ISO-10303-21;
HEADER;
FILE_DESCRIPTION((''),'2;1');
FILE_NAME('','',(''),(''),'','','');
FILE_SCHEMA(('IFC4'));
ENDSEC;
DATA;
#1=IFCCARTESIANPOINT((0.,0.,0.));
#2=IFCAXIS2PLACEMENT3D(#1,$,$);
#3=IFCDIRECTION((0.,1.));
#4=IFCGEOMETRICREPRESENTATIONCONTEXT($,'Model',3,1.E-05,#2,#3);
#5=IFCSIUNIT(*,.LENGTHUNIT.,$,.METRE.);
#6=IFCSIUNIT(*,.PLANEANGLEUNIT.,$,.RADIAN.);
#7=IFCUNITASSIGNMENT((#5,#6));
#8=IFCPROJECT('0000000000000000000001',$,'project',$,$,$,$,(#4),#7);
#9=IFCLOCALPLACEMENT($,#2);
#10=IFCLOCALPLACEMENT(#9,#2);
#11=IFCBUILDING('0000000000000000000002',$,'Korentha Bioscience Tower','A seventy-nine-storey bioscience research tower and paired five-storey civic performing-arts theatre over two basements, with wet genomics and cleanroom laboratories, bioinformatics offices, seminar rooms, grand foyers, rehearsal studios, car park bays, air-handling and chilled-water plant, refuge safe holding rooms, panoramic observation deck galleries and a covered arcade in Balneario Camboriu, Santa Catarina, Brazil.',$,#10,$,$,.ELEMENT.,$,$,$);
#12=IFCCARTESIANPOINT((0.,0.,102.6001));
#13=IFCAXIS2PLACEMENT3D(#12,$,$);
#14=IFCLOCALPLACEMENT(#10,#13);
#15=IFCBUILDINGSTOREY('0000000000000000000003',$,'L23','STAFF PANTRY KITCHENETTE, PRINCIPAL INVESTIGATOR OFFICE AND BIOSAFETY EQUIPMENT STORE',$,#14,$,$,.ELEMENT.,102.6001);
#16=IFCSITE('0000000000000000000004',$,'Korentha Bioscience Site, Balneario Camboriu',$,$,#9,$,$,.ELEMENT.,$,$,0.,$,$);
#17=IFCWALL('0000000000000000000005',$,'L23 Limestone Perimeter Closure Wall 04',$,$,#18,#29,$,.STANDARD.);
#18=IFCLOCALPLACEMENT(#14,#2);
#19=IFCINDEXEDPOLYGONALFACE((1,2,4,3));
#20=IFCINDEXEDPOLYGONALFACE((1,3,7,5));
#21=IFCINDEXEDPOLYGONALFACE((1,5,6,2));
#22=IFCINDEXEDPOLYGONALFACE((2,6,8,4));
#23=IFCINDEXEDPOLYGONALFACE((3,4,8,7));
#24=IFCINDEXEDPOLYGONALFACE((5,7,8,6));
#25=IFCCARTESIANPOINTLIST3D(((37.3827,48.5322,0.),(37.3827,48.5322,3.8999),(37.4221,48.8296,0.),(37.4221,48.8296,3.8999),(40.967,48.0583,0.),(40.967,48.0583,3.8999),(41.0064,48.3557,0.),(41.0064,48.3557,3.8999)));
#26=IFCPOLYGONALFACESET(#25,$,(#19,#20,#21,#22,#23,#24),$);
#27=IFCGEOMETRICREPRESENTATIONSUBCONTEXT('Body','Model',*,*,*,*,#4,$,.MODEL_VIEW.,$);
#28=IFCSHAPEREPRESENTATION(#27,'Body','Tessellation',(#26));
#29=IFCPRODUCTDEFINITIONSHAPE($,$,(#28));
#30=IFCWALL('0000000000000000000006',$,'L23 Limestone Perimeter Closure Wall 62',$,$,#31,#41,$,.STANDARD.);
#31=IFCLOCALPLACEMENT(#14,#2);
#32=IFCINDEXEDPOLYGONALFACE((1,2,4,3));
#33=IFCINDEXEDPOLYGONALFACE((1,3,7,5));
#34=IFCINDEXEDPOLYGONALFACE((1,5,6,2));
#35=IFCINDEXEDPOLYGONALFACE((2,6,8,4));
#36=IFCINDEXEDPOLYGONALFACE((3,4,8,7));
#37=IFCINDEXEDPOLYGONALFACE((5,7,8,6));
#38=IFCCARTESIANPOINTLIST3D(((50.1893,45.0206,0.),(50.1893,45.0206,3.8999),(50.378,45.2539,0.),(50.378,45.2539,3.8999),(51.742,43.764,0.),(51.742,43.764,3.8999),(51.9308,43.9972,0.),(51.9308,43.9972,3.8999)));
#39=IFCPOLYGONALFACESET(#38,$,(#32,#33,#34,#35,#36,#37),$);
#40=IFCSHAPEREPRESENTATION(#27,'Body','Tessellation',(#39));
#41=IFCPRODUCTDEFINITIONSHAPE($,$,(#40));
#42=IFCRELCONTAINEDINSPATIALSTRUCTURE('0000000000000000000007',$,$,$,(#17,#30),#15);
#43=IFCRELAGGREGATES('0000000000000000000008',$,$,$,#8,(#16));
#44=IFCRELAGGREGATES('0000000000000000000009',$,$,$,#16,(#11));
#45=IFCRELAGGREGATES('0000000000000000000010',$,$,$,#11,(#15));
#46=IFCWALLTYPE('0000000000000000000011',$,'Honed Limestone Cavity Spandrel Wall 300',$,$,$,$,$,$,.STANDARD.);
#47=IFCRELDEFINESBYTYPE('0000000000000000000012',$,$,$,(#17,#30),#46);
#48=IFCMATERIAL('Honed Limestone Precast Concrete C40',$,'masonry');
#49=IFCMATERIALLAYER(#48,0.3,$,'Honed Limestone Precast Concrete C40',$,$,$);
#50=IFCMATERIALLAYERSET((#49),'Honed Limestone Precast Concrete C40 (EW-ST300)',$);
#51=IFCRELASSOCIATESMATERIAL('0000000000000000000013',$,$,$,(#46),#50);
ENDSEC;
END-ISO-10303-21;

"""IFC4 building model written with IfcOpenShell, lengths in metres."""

from ifc_helpers import new_model, si_unit, direction, frame, frame_2d, origin, place, context, subcontext, project, spatial, rectangle, extrude, material, layer, layer_set, type_object, element, save


model = new_model("IFC4")

# Units and contexts
model_context = context("Model", 3, precision=1e-05, world=origin(), true_north=direction((0.0, 1.0)))
body_context = subcontext(model_context, "Body", "Model", "MODEL_VIEW")
ifc_project = project(units=[si_unit("LENGTHUNIT", "METRE"), si_unit("PLANEANGLEUNIT", "RADIAN")], contexts=[model_context])

# Site, building, storey
site_placement = place(None, origin())
site = spatial("IfcSite", under=ifc_project, at=site_placement, Name="Korentha Bioscience Site, Balneario Camboriu", CompositionType="ELEMENT", RefElevation=0.0)
building_placement = place(site_placement, origin())
building = spatial("IfcBuilding", under=site, at=building_placement, Name="Korentha Bioscience Tower", Description="A seventy-nine-storey bioscience research tower and paired five-storey civic performing-arts theatre over two basements, with wet genomics and cleanroom laboratories, bioinformatics offices, seminar rooms, grand foyers, rehearsal studios, car park bays, air-handling and chilled-water plant, refuge safe holding rooms, panoramic observation deck galleries and a covered arcade in Balneario Camboriu, Santa Catarina, Brazil.", CompositionType="ELEMENT")
storey_placement = place(building_placement, frame((0.0, 0.0, 102.6001)))
storey = spatial("IfcBuildingStorey", under=building, at=storey_placement, Name="L23", Description="STAFF PANTRY KITCHENETTE, PRINCIPAL INVESTIGATOR OFFICE AND BIOSAFETY EQUIPMENT STORE", CompositionType="ELEMENT", Elevation=102.6001)

# Walls
ifc_material_1 = material(Name="Honed Limestone Precast Concrete C40", Category="masonry")
ifc_layer_1 = layer(ifc_material_1, 0.3, Name="Honed Limestone Precast Concrete C40")
ifc_layer_set_1 = layer_set([ifc_layer_1], Name="Honed Limestone Precast Concrete C40 (EW-ST300)")
wall_type_1 = type_object("IfcWallType", Name="Honed Limestone Cavity Spandrel Wall 300", PredefinedType="STANDARD", material=ifc_layer_set_1)
wall_1_placement = place(storey_placement, frame((40.9866, 48.207, 0.0), z_axis=(0.0, 0.0, 1.0), x_axis=(-0.991373, 0.131071, 0.0)))
element("IfcWall", 1, at=wall_1_placement, inside=storey, type_object=wall_type_1, Name="L23 Limestone Perimeter Closure Wall 04", PredefinedType="STANDARD", context=body_context, shape_type="SweptSolid", body=[
    extrude(rectangle(XDim=3.6155, YDim=0.3, at=frame_2d((1.8076, 0.0))), origin(), (0.0, 0.0, 1.0), 3.8999),
])
wall_2_placement = place(storey_placement, frame((51.8364, 43.8806, 0.0), z_axis=(0.0, 0.0, 1.0), x_axis=(-0.777339, 0.629082, 0.0)))
element("IfcWall", 2, at=wall_2_placement, inside=storey, type_object=wall_type_1, Name="L23 Limestone Perimeter Closure Wall 62", PredefinedType="STANDARD", context=body_context, shape_type="SweptSolid", body=[
    extrude(rectangle(XDim=1.9976, YDim=0.3, at=frame_2d((0.9988, 0.0))), origin(), (0.0, 0.0, 1.0), 3.8999),
])

save(model, "model.ifc")
